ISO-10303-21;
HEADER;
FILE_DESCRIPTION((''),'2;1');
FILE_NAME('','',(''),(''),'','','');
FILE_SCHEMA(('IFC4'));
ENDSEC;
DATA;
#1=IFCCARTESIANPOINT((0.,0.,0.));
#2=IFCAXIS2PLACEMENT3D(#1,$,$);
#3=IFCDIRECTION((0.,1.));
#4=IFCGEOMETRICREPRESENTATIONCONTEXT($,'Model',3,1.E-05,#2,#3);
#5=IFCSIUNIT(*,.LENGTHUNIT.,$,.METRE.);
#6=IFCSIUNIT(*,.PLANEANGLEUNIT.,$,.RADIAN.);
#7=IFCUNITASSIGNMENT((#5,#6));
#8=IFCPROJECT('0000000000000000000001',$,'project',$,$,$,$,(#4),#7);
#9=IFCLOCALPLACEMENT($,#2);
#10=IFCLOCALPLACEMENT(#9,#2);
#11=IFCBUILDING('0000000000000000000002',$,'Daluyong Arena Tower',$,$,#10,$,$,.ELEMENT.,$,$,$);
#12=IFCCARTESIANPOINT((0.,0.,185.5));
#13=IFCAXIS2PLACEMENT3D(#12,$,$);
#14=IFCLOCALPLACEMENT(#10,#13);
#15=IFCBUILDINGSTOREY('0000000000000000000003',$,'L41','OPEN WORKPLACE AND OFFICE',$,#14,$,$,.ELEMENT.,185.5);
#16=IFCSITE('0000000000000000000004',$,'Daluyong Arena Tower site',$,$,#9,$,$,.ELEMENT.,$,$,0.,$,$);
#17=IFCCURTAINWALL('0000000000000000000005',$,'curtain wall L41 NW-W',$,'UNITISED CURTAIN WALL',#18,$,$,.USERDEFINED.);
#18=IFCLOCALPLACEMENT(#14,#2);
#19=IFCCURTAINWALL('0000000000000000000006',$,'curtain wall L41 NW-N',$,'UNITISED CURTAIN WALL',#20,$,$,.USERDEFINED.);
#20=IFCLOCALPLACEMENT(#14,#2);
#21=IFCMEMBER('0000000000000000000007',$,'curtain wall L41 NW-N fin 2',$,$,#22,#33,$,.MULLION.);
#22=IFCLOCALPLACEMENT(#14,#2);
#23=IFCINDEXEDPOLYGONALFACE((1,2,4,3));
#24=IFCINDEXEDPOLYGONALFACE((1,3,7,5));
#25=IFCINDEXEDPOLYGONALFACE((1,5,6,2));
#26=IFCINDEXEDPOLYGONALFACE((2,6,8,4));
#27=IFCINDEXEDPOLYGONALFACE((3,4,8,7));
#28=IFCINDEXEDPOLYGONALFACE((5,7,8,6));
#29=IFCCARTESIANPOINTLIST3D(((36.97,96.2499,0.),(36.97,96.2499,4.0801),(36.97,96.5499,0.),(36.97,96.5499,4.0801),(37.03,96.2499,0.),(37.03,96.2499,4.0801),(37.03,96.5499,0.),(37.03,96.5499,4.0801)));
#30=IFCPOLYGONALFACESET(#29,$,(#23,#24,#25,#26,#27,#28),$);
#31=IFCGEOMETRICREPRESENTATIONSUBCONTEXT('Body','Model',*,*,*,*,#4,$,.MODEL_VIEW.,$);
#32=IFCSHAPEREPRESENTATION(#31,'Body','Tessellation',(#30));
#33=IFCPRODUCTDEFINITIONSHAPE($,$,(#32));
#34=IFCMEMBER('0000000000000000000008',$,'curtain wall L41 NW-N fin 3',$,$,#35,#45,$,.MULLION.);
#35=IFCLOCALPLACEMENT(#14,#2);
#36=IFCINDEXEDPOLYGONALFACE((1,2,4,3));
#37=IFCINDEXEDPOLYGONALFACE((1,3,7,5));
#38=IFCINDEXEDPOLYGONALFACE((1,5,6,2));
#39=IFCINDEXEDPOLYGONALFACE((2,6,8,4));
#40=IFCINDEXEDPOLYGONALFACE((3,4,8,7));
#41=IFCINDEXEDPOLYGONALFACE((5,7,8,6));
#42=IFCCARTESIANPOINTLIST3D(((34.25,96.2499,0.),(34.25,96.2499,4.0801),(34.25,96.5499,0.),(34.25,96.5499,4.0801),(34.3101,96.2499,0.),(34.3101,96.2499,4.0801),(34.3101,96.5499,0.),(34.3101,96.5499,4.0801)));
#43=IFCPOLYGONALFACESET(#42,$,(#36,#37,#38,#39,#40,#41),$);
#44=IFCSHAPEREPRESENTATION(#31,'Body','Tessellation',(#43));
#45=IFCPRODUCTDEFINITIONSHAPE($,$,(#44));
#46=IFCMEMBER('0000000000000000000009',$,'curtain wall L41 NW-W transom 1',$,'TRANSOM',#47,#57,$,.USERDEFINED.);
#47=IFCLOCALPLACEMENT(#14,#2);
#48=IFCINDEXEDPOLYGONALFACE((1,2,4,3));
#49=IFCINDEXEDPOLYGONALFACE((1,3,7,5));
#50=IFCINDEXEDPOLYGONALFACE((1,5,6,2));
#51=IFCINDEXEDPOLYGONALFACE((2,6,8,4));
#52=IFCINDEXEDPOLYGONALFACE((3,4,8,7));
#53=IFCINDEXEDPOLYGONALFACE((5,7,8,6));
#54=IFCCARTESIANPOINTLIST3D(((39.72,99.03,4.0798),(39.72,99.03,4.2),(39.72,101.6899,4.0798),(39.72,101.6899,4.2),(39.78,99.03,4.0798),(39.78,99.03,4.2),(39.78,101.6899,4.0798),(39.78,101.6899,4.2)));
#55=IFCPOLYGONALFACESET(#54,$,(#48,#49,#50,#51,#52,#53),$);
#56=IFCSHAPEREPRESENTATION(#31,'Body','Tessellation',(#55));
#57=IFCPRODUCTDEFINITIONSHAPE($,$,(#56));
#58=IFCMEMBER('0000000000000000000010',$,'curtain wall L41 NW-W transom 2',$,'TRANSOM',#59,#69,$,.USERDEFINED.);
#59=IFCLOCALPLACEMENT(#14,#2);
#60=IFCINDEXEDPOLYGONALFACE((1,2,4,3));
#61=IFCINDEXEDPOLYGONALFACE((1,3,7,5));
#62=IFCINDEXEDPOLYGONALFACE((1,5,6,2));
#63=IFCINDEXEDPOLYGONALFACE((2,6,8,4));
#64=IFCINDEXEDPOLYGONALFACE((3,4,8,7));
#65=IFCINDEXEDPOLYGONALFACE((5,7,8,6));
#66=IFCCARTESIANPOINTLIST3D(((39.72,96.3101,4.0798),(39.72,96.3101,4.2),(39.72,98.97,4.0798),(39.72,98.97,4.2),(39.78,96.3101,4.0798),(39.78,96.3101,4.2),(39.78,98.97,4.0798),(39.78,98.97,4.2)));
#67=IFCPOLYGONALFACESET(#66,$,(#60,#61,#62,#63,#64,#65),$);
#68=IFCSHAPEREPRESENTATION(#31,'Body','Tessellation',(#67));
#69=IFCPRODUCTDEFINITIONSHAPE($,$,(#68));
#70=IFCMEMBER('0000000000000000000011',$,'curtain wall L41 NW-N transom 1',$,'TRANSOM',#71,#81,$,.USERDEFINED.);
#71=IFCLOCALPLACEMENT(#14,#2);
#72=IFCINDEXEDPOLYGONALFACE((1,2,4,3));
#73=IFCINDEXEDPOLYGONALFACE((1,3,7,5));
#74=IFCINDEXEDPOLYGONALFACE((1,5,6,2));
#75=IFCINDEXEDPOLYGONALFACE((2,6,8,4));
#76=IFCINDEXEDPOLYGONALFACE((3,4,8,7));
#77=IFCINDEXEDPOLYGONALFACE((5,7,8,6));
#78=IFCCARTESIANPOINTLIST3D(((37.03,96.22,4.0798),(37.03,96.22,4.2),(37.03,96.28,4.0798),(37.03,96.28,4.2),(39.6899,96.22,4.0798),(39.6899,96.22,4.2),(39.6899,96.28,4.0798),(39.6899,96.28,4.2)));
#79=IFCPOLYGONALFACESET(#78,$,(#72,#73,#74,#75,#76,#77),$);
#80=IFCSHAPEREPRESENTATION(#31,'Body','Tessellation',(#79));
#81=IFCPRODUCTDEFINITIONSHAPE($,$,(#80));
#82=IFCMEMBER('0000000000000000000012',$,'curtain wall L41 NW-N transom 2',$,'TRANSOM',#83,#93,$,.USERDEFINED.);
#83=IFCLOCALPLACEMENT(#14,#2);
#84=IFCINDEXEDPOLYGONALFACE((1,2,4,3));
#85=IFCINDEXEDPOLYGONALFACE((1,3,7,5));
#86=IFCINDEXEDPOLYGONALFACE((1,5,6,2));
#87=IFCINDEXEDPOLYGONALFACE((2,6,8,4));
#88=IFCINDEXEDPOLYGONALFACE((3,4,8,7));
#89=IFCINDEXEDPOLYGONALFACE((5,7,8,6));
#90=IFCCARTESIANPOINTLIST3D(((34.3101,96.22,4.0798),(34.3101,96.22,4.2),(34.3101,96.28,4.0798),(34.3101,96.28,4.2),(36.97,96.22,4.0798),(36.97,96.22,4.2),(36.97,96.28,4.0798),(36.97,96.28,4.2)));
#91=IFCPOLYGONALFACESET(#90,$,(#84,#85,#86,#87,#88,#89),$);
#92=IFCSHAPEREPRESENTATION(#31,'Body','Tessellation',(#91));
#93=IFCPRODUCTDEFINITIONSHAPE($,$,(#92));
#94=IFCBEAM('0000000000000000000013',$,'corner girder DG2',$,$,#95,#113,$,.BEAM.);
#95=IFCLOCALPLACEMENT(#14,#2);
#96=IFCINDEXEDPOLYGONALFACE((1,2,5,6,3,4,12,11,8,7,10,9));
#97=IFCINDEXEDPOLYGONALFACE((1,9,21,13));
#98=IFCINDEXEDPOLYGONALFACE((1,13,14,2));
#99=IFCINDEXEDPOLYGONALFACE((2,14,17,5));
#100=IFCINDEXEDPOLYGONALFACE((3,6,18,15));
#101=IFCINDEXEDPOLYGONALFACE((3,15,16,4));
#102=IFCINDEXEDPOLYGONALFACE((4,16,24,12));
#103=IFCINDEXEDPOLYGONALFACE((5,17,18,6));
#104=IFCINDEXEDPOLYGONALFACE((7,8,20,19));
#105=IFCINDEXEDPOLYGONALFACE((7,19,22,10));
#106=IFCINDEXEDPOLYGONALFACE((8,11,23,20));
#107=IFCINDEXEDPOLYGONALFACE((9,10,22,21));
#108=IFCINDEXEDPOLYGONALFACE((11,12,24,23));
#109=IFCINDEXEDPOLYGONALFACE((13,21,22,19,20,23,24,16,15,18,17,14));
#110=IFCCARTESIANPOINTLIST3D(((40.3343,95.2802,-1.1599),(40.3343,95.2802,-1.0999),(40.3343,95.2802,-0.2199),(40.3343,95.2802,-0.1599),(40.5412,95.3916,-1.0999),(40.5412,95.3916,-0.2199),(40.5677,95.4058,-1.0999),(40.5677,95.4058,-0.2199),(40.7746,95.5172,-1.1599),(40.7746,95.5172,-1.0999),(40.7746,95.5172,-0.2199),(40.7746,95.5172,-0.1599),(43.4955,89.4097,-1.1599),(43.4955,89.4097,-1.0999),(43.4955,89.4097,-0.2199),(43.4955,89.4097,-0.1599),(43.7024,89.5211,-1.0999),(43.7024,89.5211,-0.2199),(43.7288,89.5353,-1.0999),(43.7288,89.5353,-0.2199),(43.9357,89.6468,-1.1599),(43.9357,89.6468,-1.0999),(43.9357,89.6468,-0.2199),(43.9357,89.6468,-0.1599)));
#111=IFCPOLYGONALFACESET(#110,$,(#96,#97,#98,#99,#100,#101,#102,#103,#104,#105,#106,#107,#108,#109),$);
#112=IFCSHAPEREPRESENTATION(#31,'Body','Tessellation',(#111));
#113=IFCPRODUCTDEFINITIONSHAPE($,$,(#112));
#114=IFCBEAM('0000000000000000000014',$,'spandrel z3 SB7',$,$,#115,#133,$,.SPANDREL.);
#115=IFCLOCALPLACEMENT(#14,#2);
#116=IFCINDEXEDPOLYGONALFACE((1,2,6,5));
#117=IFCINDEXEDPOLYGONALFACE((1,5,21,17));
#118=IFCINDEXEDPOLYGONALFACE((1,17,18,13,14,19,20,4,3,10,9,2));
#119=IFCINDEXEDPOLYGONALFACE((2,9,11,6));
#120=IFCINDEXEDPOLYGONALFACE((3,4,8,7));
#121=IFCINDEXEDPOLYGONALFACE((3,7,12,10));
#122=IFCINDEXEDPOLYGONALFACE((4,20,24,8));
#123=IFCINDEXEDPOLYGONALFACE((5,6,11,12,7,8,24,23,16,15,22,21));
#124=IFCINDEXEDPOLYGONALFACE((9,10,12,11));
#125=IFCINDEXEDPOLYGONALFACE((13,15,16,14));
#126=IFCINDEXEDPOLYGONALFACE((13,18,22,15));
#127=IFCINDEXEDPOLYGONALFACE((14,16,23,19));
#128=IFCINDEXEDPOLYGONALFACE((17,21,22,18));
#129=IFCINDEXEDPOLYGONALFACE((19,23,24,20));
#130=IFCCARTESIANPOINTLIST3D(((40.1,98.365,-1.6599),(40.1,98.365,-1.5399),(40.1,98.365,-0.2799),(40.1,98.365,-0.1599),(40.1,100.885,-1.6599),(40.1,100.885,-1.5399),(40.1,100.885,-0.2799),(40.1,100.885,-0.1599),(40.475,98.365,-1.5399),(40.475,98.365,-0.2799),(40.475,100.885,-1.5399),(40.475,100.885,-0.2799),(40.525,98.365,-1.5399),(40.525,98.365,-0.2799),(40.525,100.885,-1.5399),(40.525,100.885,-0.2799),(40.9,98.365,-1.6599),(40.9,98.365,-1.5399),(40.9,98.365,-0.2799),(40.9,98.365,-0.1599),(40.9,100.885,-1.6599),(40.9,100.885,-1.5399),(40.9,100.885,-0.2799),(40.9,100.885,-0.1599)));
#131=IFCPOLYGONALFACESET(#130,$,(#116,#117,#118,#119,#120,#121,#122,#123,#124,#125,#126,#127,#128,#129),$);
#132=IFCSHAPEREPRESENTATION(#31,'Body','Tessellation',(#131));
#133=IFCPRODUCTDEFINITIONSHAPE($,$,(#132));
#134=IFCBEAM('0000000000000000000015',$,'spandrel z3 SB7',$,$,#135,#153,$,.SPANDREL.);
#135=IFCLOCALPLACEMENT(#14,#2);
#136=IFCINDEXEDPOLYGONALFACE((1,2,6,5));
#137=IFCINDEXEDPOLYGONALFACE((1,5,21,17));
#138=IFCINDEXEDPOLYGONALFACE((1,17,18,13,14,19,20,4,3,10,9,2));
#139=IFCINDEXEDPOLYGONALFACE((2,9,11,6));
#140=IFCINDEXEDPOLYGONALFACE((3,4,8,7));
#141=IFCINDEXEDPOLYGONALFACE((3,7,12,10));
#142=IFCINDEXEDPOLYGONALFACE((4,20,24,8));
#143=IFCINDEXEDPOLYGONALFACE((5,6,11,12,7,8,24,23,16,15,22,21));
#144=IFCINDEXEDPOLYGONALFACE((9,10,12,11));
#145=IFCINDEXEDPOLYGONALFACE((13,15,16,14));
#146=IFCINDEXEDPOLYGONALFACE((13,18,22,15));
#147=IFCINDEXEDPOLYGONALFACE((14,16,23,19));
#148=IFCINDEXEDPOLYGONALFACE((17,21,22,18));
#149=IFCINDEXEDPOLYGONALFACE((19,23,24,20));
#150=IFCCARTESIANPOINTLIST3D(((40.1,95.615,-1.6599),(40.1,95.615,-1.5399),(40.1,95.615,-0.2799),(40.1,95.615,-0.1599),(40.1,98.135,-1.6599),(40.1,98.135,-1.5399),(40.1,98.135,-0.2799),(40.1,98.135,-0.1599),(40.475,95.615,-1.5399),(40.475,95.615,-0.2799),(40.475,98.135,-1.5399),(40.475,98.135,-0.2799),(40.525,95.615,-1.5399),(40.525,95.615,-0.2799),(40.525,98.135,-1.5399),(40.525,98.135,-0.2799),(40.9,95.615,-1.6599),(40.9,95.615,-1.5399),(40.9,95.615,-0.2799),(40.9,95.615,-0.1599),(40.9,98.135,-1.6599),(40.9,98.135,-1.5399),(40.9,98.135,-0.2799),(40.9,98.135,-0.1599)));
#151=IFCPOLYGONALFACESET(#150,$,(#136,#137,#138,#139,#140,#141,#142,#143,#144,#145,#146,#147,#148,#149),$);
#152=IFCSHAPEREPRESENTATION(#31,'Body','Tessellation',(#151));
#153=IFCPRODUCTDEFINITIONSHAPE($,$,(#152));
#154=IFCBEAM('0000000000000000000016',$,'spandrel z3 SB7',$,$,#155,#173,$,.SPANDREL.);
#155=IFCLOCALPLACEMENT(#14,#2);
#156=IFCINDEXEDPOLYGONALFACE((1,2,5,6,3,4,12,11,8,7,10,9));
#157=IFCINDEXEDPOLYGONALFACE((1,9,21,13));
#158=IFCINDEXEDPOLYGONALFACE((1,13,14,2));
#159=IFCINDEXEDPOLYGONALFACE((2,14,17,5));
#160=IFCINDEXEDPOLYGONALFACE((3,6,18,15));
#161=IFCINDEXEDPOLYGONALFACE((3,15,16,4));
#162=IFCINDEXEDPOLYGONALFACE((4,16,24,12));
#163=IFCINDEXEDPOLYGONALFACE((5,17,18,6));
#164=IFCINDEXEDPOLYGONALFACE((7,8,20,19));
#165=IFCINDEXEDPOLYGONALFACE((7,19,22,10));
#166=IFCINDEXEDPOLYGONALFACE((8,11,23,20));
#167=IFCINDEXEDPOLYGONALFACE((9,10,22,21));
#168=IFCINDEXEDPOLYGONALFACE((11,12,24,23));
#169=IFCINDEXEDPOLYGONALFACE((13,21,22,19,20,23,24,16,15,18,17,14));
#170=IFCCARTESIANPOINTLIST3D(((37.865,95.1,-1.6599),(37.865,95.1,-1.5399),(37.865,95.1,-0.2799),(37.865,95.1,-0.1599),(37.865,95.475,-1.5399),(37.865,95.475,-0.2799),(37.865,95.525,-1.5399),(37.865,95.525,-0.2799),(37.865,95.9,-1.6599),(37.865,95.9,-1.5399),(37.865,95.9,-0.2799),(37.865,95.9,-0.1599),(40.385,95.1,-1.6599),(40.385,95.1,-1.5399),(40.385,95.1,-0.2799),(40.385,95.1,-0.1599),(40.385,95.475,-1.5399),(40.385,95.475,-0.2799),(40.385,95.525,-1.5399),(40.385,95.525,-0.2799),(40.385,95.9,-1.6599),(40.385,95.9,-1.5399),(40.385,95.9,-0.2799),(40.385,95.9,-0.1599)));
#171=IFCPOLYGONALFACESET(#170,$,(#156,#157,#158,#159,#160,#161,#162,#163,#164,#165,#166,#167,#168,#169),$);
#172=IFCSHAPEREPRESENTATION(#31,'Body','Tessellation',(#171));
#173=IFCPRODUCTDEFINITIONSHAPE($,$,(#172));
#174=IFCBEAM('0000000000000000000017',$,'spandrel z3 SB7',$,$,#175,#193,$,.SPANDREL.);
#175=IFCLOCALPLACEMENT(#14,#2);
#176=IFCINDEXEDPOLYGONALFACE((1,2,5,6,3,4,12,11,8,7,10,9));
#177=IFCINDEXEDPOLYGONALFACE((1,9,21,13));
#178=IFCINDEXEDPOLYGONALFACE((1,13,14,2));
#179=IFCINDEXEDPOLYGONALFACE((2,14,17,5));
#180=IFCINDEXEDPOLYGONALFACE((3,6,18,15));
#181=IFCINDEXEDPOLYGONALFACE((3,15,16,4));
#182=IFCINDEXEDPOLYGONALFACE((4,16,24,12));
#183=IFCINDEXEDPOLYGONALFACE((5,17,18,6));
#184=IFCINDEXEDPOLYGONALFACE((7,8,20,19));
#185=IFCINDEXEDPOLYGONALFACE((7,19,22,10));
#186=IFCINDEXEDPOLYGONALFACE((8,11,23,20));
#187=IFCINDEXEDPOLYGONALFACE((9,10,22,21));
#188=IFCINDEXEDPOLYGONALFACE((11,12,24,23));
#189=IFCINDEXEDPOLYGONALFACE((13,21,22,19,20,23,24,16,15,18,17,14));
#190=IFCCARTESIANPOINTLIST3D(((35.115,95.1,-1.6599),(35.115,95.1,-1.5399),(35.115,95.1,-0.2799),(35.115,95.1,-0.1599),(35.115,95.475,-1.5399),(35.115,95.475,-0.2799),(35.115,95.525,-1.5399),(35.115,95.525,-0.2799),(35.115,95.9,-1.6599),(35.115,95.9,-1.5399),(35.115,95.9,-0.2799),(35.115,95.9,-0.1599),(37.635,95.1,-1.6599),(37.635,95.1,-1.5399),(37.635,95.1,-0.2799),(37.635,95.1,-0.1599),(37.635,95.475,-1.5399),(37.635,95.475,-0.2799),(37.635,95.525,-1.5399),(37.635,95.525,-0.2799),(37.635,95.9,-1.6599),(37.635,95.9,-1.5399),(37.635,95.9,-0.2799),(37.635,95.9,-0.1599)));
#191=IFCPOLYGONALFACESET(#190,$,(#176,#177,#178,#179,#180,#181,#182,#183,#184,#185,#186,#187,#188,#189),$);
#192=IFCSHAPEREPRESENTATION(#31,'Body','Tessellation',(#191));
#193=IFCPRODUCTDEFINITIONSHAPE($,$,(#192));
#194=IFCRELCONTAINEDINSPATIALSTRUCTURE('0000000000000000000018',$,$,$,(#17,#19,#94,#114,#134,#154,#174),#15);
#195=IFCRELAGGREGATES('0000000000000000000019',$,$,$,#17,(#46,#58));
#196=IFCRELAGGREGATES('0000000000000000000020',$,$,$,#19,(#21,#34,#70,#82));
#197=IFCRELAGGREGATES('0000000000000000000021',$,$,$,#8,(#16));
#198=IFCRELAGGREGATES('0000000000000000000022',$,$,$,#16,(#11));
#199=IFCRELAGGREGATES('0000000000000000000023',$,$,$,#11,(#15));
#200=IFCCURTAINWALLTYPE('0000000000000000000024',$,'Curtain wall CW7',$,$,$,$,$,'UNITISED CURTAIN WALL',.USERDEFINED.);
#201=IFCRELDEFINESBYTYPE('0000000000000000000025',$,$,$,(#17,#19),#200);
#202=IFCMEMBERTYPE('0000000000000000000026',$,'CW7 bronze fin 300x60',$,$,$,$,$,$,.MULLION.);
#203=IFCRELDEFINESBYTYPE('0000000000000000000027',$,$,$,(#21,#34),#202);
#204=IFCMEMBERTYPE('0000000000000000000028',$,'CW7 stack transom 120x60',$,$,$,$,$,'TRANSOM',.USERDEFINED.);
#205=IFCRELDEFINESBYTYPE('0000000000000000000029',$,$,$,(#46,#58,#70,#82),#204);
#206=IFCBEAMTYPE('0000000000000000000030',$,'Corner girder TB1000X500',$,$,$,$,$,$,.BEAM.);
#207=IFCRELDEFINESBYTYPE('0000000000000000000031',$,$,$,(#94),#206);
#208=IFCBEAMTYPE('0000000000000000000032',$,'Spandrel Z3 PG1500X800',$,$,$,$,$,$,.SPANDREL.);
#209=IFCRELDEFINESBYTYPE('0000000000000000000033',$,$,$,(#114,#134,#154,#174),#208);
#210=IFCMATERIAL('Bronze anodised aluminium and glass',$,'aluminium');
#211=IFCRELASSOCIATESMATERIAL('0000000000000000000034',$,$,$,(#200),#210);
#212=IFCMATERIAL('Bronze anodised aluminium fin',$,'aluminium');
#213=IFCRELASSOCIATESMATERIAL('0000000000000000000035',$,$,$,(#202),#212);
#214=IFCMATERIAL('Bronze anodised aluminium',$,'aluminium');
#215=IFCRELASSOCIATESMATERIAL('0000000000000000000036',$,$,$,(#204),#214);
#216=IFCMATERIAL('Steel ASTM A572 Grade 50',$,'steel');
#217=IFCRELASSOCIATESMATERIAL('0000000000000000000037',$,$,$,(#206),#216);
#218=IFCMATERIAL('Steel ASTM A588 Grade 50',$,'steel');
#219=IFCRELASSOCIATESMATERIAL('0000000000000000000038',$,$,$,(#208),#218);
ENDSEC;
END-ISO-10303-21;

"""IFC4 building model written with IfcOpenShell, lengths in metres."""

from ifc_helpers import new_model, si_unit, direction, frame, origin, origin_2d, place, context, subcontext, project, spatial, rectangle, i_section, extrude, material, material_profile, profile_set, type_object, element, aggregate, save


model = new_model("IFC4")

# Units and contexts
model_context = context("Model", 3, precision=1e-05, world=origin(), true_north=direction((0.0, 1.0)))
body_context = subcontext(model_context, "Body", "Model", "MODEL_VIEW")
ifc_project = project(units=[si_unit("LENGTHUNIT", "METRE"), si_unit("PLANEANGLEUNIT", "RADIAN")], contexts=[model_context])

# Site, building, storey
site_placement = place(None, origin())
site = spatial("IfcSite", under=ifc_project, at=site_placement, Name="Daluyong Arena Tower site", CompositionType="ELEMENT", RefElevation=0.0)
building_placement = place(site_placement, origin())
building = spatial("IfcBuilding", under=site, at=building_placement, Name="Daluyong Arena Tower", CompositionType="ELEMENT")
storey_placement = place(building_placement, frame((0.0, 0.0, 185.5)))
storey = spatial("IfcBuildingStorey", under=building, at=storey_placement, Name="L41", Description="OPEN WORKPLACE AND OFFICE", CompositionType="ELEMENT", Elevation=185.5)

# Curtain walls, members
ifc_material_1 = material(Name="Bronze anodised aluminium and glass", Category="aluminium")
curtain_wall_type_1 = type_object("IfcCurtainWallType", Name="Curtain wall CW7", ElementType="UNITISED CURTAIN WALL", PredefinedType="USERDEFINED", material=ifc_material_1)
curtain_wall_1_placement = place(storey_placement, origin())
curtain_wall_1 = element("IfcCurtainWall", 1, at=curtain_wall_1_placement, inside=storey, type_object=curtain_wall_type_1, Name="curtain wall L41 NW-W", ObjectType="UNITISED CURTAIN WALL", PredefinedType="USERDEFINED")
ifc_material_2 = material(Name="Bronze anodised aluminium fin", Category="aluminium")
ifc_material_profile_1 = material_profile(ifc_material_2, rectangle(XDim=0.3, YDim=0.0601, at=origin_2d()))
ifc_profile_set_1 = profile_set([ifc_material_profile_1], Name="Bronze anodised aluminium fin")
member_type_1 = type_object("IfcMemberType", Name="CW7 bronze fin 300x60", PredefinedType="MULLION", material=ifc_profile_set_1)
curtain_wall_2_placement = place(storey_placement, origin())
curtain_wall_2 = element("IfcCurtainWall", 2, at=curtain_wall_2_placement, inside=storey, type_object=curtain_wall_type_1, Name="curtain wall L41 NW-N", ObjectType="UNITISED CURTAIN WALL", PredefinedType="USERDEFINED")
member_1_placement = place(storey_placement, frame((37.0, 96.3999, 0.0), z_axis=(0.0, 0.0, 1.0), x_axis=(0.0, -1.0, 0.0)))
member_1 = element("IfcMember", 3, at=member_1_placement, type_object=member_type_1, Name="curtain wall L41 NW-N fin 2", PredefinedType="MULLION", context=body_context, shape_type="SweptSolid", body=[
    extrude(rectangle(XDim=0.3, YDim=0.0601, at=origin_2d()), origin(), (0.0, 0.0, 1.0), 4.0801),
])
member_2_placement = place(storey_placement, frame((34.28, 96.3999, 0.0), z_axis=(0.0, 0.0, 1.0), x_axis=(0.0, -1.0, 0.0)))
member_2 = element("IfcMember", 4, at=member_2_placement, type_object=member_type_1, Name="curtain wall L41 NW-N fin 3", PredefinedType="MULLION", context=body_context, shape_type="SweptSolid", body=[
    extrude(rectangle(XDim=0.3, YDim=0.0601, at=origin_2d()), origin(), (0.0, 0.0, 1.0), 4.0801),
])

# Members
ifc_material_3 = material(Name="Bronze anodised aluminium", Category="aluminium")
ifc_material_profile_2 = material_profile(ifc_material_3, rectangle(XDim=0.0601, YDim=0.1201, at=origin_2d()))
ifc_profile_set_2 = profile_set([ifc_material_profile_2], Name="Bronze anodised aluminium")
member_type_2 = type_object("IfcMemberType", Name="CW7 stack transom 120x60", ElementType="TRANSOM", PredefinedType="USERDEFINED", material=ifc_profile_set_2)
member_3_placement = place(storey_placement, frame((39.75, 101.6899, 4.1399), z_axis=(0.0, -1.0, 0.0), x_axis=(1.0, 0.0, 0.0)))
member_3 = element("IfcMember", 5, at=member_3_placement, type_object=member_type_2, Name="curtain wall L41 NW-W transom 1", ObjectType="TRANSOM", PredefinedType="USERDEFINED", context=body_context, shape_type="SweptSolid", body=[
    extrude(rectangle(XDim=0.0601, YDim=0.1201, at=origin_2d()), origin(), (0.0, 0.0, 1.0), 2.6599),
])
member_4_placement = place(storey_placement, frame((39.75, 98.97, 4.1399), z_axis=(0.0, -1.0, 0.0), x_axis=(1.0, 0.0, 0.0)))
member_4 = element("IfcMember", 6, at=member_4_placement, type_object=member_type_2, Name="curtain wall L41 NW-W transom 2", ObjectType="TRANSOM", PredefinedType="USERDEFINED", context=body_context, shape_type="SweptSolid", body=[
    extrude(rectangle(XDim=0.0601, YDim=0.1201, at=origin_2d()), origin(), (0.0, 0.0, 1.0), 2.6599),
])
member_5_placement = place(storey_placement, frame((39.6899, 96.25, 4.1399), z_axis=(-1.0, 0.0, 0.0), x_axis=(0.0, -1.0, 0.0)))
member_5 = element("IfcMember", 7, at=member_5_placement, type_object=member_type_2, Name="curtain wall L41 NW-N transom 1", ObjectType="TRANSOM", PredefinedType="USERDEFINED", context=body_context, shape_type="SweptSolid", body=[
    extrude(rectangle(XDim=0.0601, YDim=0.1201, at=origin_2d()), origin(), (0.0, 0.0, 1.0), 2.6599),
])
member_6_placement = place(storey_placement, frame((36.97, 96.25, 4.1399), z_axis=(-1.0, 0.0, 0.0), x_axis=(0.0, -1.0, 0.0)))
member_6 = element("IfcMember", 8, at=member_6_placement, type_object=member_type_2, Name="curtain wall L41 NW-N transom 2", ObjectType="TRANSOM", PredefinedType="USERDEFINED", context=body_context, shape_type="SweptSolid", body=[
    extrude(rectangle(XDim=0.0601, YDim=0.1201, at=origin_2d()), origin(), (0.0, 0.0, 1.0), 2.6599),
])

# Beams
ifc_material_4 = material(Name="Steel ASTM A572 Grade 50", Category="steel")
ifc_material_profile_3 = material_profile(ifc_material_4, i_section(OverallWidth=0.5, OverallDepth=1.0, WebThickness=0.03, FlangeThickness=0.06, at=origin_2d()))
ifc_profile_set_3 = profile_set([ifc_material_profile_3], Name="Steel ASTM A572 Grade 50")
beam_type_1 = type_object("IfcBeamType", Name="Corner girder TB1000X500", PredefinedType="BEAM", material=ifc_profile_set_3)
beam_1_placement = place(storey_placement, frame((40.5544, 95.3987, -0.6599), z_axis=(0.474119, -0.880461, 0.0), x_axis=(0.880461, 0.474119, 0.0)))
element("IfcBeam", 9, at=beam_1_placement, inside=storey, type_object=beam_type_1, Name="corner girder DG2", PredefinedType="BEAM", context=body_context, shape_type="SweptSolid", body=[
    extrude(i_section(OverallWidth=0.5, OverallDepth=1.0, WebThickness=0.03, FlangeThickness=0.06, at=origin_2d()), origin(), (0.0, 0.0, 1.0), 6.6675),
])
ifc_material_5 = material(Name="Steel ASTM A588 Grade 50", Category="steel")
ifc_material_profile_4 = material_profile(ifc_material_5, i_section(OverallWidth=0.8, OverallDepth=1.5, WebThickness=0.05, FlangeThickness=0.12, at=origin_2d()))
ifc_profile_set_4 = profile_set([ifc_material_profile_4], Name="Steel ASTM A588 Grade 50")
beam_type_2 = type_object("IfcBeamType", Name="Spandrel Z3 PG1500X800", PredefinedType="SPANDREL", material=ifc_profile_set_4)
for number, where, z_axis, x_axis, name in (
    (10, (40.5, 100.885, -0.9099), (0.0, -1.0, 0.0), (1.0, 0.0, 0.0), "spandrel z3 SB7"),
    (11, (40.5, 98.135, -0.9099), (0.0, -1.0, 0.0), (1.0, 0.0, 0.0), "spandrel z3 SB7"),
    (12, (40.385, 95.5, -0.9099), (-1.0, 0.0, 0.0), (0.0, -1.0, 0.0), "spandrel z3 SB7"),
    (13, (37.635, 95.5, -0.9099), (-1.0, 0.0, 0.0), (0.0, -1.0, 0.0), "spandrel z3 SB7"),
):
    element("IfcBeam", number, at=place(storey_placement, frame(where, z_axis=z_axis, x_axis=x_axis)), inside=storey, type_object=beam_type_2, Name=name, PredefinedType="SPANDREL", context=body_context, shape_type="SweptSolid", body=[
        extrude(i_section(OverallWidth=0.8, OverallDepth=1.5, WebThickness=0.05, FlangeThickness=0.12, at=origin_2d()), origin(), (0.0, 0.0, 1.0), 2.52),
    ])

aggregate(curtain_wall_1, [member_3, member_4])
aggregate(curtain_wall_2, [member_1, member_2, member_5, member_6])

save(model, "model.ifc")
